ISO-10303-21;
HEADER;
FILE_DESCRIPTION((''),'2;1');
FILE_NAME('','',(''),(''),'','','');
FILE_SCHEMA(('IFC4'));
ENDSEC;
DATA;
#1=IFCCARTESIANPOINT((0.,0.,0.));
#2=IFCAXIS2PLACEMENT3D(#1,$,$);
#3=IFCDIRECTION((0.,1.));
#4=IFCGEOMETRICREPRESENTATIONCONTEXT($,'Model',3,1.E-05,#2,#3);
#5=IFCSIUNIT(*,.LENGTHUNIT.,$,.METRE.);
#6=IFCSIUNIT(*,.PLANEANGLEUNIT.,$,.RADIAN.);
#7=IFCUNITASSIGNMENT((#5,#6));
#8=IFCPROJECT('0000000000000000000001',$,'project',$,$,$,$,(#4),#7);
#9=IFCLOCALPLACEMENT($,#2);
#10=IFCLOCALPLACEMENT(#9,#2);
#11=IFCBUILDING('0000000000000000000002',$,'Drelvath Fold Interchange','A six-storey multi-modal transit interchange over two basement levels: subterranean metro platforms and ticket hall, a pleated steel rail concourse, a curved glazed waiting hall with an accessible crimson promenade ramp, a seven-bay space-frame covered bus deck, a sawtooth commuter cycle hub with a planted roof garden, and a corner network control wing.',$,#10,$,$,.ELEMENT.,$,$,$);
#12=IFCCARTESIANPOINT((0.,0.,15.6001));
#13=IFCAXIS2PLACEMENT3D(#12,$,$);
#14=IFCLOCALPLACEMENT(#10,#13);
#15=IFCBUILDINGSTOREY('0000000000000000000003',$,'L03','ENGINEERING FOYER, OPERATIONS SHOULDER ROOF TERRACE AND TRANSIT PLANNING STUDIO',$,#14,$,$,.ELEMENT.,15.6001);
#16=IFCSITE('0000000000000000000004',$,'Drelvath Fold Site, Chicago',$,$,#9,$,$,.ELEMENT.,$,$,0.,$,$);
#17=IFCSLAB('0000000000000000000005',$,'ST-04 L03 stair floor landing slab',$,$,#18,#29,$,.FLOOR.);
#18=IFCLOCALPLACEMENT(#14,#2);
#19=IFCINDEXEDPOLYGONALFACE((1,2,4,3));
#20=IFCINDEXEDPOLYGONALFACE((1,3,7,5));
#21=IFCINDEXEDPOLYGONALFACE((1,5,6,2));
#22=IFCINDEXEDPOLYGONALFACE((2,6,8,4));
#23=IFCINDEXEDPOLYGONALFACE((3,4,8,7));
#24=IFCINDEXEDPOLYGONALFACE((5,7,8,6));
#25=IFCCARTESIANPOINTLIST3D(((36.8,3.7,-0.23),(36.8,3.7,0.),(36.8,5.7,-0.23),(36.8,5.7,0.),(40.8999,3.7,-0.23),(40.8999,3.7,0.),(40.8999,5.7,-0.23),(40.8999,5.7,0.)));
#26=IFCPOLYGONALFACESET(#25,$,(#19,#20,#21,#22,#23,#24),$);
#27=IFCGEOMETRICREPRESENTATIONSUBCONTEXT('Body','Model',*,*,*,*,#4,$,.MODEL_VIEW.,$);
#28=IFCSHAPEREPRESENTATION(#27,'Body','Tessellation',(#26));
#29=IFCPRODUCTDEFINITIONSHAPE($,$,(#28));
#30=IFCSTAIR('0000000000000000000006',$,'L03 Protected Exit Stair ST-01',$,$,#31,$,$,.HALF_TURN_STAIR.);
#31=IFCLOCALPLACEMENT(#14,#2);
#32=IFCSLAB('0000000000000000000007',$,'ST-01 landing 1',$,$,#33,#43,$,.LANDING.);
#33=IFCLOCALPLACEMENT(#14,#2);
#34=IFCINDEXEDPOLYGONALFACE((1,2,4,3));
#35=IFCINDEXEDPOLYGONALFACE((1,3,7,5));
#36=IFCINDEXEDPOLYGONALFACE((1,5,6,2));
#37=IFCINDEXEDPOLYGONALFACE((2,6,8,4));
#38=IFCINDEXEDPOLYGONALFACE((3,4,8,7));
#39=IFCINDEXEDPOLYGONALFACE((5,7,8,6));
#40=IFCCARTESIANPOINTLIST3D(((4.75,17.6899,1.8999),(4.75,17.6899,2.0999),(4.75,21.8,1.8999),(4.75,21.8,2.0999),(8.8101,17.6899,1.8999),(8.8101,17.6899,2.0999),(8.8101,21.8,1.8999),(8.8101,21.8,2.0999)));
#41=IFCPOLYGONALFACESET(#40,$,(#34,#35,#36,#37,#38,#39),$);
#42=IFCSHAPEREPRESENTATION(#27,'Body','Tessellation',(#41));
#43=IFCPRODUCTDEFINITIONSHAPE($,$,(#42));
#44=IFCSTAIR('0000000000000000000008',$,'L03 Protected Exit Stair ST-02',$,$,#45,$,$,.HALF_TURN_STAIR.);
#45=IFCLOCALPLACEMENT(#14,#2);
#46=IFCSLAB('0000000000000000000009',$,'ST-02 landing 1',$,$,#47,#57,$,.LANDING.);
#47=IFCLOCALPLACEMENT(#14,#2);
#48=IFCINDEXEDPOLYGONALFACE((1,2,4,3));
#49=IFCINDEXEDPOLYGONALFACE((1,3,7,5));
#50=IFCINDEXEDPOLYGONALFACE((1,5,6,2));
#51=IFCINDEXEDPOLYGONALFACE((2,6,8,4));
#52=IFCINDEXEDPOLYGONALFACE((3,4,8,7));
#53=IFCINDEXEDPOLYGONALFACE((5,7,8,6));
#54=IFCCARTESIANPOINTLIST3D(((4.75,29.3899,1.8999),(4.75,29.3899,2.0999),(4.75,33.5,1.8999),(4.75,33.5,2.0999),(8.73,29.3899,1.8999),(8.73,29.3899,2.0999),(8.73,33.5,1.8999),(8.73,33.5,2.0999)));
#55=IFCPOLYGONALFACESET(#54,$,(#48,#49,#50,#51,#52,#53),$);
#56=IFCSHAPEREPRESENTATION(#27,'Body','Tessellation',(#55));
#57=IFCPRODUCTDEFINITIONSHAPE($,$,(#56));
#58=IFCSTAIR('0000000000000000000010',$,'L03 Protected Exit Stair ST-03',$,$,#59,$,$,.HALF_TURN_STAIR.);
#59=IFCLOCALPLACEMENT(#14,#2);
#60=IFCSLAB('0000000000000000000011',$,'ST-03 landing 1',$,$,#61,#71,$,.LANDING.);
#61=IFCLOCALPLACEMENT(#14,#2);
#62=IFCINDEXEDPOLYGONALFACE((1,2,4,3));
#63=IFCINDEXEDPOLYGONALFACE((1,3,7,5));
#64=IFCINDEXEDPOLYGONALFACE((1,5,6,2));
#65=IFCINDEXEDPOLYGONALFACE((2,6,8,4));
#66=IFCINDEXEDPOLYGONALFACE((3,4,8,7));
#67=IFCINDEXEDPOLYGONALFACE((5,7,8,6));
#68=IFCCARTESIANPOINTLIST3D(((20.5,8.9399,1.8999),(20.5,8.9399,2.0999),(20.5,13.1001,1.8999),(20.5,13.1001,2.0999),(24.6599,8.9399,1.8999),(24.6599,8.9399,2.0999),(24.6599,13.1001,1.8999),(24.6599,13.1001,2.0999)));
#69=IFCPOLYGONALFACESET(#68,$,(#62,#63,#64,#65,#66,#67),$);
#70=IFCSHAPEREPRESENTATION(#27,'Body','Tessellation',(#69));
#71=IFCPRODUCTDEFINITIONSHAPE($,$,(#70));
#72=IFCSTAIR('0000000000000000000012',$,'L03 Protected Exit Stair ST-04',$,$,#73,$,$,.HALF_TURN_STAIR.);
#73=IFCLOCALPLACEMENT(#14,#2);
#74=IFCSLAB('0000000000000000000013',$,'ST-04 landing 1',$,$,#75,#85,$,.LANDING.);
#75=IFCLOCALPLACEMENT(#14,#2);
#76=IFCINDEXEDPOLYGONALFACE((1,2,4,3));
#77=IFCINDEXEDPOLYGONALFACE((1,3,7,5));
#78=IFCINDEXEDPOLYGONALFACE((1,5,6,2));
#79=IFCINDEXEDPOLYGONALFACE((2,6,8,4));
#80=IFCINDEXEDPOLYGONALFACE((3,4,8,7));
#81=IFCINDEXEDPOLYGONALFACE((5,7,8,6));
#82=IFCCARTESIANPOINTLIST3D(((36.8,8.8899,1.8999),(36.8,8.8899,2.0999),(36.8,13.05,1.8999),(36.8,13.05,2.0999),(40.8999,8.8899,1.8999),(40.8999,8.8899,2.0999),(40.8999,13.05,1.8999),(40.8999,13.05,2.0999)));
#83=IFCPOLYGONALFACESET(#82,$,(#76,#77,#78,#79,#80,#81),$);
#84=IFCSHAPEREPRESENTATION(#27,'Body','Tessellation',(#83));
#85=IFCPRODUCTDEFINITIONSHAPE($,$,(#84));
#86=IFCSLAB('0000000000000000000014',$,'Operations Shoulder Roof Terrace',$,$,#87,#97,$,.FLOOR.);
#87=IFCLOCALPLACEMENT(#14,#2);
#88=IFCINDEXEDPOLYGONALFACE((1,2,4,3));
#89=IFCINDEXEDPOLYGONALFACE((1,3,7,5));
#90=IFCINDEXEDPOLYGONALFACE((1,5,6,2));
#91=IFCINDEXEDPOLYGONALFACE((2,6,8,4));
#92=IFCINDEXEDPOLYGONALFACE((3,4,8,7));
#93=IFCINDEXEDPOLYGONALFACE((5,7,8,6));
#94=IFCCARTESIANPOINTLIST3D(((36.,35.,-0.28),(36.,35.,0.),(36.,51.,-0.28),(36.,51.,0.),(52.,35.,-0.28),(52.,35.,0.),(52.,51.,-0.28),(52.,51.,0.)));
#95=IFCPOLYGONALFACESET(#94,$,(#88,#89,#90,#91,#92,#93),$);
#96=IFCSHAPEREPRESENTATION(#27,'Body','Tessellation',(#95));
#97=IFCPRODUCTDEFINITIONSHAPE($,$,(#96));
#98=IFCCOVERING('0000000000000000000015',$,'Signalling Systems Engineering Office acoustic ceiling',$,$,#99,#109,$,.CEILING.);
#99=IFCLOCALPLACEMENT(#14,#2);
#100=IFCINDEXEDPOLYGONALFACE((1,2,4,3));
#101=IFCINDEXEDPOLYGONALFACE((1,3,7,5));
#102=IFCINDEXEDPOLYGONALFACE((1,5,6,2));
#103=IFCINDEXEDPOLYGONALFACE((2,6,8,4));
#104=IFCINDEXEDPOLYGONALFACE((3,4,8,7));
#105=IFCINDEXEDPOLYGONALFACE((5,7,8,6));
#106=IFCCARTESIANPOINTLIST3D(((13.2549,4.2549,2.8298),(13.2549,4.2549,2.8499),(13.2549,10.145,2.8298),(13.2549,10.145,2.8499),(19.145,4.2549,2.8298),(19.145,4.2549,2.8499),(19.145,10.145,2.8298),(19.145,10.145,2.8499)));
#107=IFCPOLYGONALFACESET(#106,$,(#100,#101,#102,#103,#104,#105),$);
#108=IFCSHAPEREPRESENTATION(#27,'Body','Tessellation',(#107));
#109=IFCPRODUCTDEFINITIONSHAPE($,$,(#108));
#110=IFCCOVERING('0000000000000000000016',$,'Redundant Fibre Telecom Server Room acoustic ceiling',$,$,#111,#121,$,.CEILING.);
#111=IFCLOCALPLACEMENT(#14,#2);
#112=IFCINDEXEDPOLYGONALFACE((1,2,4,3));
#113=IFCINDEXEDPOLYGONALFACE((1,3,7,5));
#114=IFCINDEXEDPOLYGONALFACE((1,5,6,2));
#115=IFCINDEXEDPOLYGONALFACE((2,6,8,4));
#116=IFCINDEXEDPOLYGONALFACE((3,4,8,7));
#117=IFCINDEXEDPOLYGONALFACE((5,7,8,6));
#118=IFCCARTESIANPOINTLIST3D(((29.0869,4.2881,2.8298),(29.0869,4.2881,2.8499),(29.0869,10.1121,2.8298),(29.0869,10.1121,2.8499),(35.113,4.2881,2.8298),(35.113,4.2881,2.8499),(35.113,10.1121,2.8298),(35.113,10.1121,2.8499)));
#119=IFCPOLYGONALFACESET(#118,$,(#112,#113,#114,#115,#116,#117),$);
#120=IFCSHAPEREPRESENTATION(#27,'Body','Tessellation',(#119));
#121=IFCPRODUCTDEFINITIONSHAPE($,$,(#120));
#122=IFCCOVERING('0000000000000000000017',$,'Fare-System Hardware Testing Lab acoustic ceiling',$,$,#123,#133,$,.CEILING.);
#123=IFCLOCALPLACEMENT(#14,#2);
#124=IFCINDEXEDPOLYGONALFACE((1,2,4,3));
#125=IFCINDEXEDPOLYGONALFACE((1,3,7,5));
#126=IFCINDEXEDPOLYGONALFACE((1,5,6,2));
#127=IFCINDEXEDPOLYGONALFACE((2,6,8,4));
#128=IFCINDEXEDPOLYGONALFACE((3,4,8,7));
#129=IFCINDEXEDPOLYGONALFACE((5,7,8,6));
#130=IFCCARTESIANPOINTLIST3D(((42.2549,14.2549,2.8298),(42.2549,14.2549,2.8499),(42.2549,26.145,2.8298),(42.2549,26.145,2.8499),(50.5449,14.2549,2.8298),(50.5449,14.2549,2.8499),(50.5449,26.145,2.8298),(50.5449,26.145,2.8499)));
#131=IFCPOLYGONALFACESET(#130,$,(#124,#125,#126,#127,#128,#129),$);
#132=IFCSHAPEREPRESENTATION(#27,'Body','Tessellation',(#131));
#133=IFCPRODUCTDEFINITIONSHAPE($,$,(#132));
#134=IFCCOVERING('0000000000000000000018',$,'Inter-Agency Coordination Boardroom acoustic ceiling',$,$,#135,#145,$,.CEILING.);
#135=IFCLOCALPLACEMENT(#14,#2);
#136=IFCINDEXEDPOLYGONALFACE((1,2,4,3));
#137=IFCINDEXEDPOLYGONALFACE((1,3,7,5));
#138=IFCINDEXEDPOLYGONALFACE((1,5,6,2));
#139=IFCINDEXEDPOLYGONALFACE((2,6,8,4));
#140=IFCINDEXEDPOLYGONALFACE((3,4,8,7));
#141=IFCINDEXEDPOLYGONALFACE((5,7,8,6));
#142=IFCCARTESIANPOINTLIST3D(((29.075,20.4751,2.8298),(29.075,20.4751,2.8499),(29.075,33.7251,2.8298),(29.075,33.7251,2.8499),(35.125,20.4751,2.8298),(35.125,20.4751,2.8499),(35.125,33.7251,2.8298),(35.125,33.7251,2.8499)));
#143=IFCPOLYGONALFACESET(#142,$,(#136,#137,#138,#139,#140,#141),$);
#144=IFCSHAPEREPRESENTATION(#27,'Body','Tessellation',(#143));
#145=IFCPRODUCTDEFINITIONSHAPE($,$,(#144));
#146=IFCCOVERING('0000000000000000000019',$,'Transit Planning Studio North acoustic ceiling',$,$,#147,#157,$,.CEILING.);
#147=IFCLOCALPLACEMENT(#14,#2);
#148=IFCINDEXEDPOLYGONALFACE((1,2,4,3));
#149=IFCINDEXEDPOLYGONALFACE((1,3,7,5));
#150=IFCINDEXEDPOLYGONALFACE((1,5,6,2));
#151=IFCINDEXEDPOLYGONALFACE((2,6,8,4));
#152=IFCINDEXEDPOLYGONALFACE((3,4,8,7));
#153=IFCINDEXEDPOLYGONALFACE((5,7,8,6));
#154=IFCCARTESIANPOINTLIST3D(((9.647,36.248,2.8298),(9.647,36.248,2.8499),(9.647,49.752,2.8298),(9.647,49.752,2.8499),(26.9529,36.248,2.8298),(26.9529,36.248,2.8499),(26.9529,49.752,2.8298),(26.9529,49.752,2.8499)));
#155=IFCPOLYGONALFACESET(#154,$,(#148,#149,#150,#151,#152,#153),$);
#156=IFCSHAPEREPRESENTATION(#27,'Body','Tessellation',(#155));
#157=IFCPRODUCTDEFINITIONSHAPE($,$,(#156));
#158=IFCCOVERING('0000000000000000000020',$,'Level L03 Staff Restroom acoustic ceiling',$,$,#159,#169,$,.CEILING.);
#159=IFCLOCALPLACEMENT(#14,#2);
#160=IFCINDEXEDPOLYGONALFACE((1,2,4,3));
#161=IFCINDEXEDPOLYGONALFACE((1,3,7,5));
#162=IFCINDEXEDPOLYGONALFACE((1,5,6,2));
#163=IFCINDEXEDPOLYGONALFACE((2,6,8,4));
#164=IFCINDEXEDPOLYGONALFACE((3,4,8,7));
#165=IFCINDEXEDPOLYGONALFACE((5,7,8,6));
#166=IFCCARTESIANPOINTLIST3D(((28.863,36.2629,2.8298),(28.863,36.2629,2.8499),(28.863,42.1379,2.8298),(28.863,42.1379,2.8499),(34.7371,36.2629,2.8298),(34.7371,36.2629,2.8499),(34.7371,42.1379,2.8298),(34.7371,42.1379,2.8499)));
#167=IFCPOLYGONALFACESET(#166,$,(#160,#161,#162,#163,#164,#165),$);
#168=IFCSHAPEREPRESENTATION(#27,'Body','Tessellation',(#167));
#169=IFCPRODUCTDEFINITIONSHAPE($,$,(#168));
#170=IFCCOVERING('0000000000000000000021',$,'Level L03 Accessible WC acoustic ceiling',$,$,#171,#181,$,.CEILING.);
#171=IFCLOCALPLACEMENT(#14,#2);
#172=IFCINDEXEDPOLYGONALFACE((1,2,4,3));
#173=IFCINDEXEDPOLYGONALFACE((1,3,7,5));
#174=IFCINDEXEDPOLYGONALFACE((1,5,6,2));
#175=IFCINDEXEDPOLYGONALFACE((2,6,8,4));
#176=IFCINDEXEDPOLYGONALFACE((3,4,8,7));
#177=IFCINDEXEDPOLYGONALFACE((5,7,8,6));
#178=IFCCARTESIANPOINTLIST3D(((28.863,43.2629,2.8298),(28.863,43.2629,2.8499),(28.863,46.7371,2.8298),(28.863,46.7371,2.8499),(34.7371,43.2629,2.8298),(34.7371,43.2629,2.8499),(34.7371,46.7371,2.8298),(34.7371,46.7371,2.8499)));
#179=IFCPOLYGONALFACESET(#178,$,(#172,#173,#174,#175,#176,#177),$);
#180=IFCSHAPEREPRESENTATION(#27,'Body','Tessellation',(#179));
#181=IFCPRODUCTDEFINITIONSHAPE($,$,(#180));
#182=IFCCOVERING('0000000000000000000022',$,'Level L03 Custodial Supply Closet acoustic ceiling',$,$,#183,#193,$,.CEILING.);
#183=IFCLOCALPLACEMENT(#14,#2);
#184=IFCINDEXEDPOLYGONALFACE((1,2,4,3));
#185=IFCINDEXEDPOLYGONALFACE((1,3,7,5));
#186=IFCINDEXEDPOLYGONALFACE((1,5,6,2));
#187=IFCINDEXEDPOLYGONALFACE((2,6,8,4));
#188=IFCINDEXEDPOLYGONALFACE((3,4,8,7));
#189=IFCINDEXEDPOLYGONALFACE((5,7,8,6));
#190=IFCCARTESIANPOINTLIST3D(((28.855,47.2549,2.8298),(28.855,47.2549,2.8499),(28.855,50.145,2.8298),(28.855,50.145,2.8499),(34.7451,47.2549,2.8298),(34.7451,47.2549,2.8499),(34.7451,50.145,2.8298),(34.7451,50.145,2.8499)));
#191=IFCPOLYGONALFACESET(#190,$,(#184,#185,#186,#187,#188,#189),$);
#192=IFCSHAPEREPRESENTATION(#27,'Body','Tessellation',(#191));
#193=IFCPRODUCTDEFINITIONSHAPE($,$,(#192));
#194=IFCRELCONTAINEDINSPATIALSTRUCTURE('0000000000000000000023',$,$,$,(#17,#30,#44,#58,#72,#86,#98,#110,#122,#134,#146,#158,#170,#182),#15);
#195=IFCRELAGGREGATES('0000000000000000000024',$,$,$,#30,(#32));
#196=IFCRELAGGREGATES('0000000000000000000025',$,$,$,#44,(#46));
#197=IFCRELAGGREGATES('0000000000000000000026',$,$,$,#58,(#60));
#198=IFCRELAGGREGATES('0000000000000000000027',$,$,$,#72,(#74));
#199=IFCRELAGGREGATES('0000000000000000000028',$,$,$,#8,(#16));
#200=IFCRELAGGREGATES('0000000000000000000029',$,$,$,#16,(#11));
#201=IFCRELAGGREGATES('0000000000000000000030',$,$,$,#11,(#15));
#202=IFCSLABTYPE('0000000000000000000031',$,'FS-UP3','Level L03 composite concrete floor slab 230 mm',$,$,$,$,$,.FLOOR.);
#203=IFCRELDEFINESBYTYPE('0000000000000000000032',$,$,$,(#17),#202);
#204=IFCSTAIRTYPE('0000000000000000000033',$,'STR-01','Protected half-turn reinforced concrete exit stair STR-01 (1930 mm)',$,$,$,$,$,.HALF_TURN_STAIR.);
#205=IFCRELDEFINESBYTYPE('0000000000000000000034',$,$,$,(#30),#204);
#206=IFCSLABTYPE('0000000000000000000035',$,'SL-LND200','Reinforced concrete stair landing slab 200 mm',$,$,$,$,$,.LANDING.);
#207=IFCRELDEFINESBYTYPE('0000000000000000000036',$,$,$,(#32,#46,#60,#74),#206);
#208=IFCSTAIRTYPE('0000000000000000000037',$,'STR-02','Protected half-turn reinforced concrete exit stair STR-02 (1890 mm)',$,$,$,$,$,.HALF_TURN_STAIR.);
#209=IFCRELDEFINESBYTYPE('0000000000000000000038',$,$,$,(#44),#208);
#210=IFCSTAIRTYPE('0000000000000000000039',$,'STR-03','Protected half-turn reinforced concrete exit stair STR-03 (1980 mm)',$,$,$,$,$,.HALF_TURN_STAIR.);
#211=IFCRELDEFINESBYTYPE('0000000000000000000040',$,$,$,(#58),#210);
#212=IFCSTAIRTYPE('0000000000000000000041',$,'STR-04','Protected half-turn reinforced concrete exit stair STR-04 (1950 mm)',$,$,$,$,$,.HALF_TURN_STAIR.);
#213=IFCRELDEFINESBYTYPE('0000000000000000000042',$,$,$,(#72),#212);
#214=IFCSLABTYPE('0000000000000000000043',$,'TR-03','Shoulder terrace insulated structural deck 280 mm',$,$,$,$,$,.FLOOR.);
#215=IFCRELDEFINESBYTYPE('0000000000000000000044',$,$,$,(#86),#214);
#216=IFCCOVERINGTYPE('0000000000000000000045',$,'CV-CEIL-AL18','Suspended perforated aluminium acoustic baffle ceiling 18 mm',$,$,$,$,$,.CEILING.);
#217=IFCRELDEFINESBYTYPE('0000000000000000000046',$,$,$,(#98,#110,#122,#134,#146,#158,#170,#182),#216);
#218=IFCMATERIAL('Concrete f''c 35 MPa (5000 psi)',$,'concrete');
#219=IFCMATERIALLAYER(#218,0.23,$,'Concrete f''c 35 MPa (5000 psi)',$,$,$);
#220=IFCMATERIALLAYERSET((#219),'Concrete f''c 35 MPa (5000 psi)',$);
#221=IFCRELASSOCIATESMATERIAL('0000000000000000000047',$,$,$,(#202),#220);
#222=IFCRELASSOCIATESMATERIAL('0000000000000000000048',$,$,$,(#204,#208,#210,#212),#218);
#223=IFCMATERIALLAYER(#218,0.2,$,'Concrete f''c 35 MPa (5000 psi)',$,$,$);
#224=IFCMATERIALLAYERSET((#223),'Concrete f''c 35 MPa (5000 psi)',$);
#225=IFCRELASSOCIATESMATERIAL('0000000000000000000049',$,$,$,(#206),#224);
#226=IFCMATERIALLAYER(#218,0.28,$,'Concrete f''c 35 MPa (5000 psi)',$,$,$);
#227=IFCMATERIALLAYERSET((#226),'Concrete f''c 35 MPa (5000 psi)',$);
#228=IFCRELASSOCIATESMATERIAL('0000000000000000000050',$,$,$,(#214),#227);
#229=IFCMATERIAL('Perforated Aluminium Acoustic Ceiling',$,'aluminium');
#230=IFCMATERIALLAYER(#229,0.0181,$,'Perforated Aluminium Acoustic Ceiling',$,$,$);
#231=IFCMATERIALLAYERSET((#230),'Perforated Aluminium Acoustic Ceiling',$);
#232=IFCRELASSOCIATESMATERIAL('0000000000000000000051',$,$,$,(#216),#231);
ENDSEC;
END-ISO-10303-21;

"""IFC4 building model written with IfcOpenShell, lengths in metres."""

from ifc_helpers import new_model, si_unit, direction, frame, origin, place, context, subcontext, project, spatial, polyline, outline, extrude, material, layer, layer_set, type_object, element, aggregate, save


model = new_model("IFC4")

# Units and contexts
model_context = context("Model", 3, precision=1e-05, world=origin(), true_north=direction((0.0, 1.0)))
body_context = subcontext(model_context, "Body", "Model", "MODEL_VIEW")
ifc_project = project(units=[si_unit("LENGTHUNIT", "METRE"), si_unit("PLANEANGLEUNIT", "RADIAN")], contexts=[model_context])

# Site, building, storey
site_placement = place(None, origin())
site = spatial("IfcSite", under=ifc_project, at=site_placement, Name="Drelvath Fold Site, Chicago", CompositionType="ELEMENT", RefElevation=0.0)
building_placement = place(site_placement, origin())
building = spatial("IfcBuilding", under=site, at=building_placement, Name="Drelvath Fold Interchange", Description="A six-storey multi-modal transit interchange over two basement levels: subterranean metro platforms and ticket hall, a pleated steel rail concourse, a curved glazed waiting hall with an accessible crimson promenade ramp, a seven-bay space-frame covered bus deck, a sawtooth commuter cycle hub with a planted roof garden, and a corner network control wing.", CompositionType="ELEMENT")
storey_placement = place(building_placement, frame((0.0, 0.0, 15.6001)))
storey = spatial("IfcBuildingStorey", under=building, at=storey_placement, Name="L03", Description="ENGINEERING FOYER, OPERATIONS SHOULDER ROOF TERRACE AND TRANSIT PLANNING STUDIO", CompositionType="ELEMENT", Elevation=15.6001)

# Slab
ifc_material_1 = material(Name="Concrete f'c 35 MPa (5000 psi)", Category="concrete")
ifc_layer_1 = layer(ifc_material_1, 0.23, Name="Concrete f'c 35 MPa (5000 psi)")
ifc_layer_set_1 = layer_set([ifc_layer_1], Name="Concrete f'c 35 MPa (5000 psi)")
slab_type_1 = type_object("IfcSlabType", Name="FS-UP3", Description="Level L03 composite concrete floor slab 230 mm", PredefinedType="FLOOR", material=ifc_layer_set_1)
slab_1_placement = place(storey_placement, frame((0.0, 0.0, -0.23)))
element("IfcSlab", 1, at=slab_1_placement, inside=storey, type_object=slab_type_1, Name="ST-04 L03 stair floor landing slab", PredefinedType="FLOOR", context=body_context, shape_type="SweptSolid", body=[
    extrude(outline(polyline([(36.8, 3.7), (40.8999, 3.7), (40.8999, 5.7), (36.8, 5.7), (36.8, 3.7)])), origin(), (0.0, 0.0, 1.0), 0.23),
])

# Stairs, slabs
stair_type_1 = type_object("IfcStairType", Name="STR-01", Description="Protected half-turn reinforced concrete exit stair STR-01 (1930 mm)", PredefinedType="HALF_TURN_STAIR", material=ifc_material_1)
stair_1_placement = place(storey_placement, origin())
stair_1 = element("IfcStair", 2, at=stair_1_placement, inside=storey, type_object=stair_type_1, Name="L03 Protected Exit Stair ST-01", PredefinedType="HALF_TURN_STAIR")
ifc_layer_2 = layer(ifc_material_1, 0.2, Name="Concrete f'c 35 MPa (5000 psi)")
ifc_layer_set_2 = layer_set([ifc_layer_2], Name="Concrete f'c 35 MPa (5000 psi)")
slab_type_2 = type_object("IfcSlabType", Name="SL-LND200", Description="Reinforced concrete stair landing slab 200 mm", PredefinedType="LANDING", material=ifc_layer_set_2)
slab_2_placement = place(storey_placement, frame((0.0, 0.0, 1.8999)))
slab_2 = element("IfcSlab", 3, at=slab_2_placement, type_object=slab_type_2, Name="ST-01 landing 1", PredefinedType="LANDING", context=body_context, shape_type="SweptSolid", body=[
    extrude(outline(polyline([(8.8101, 17.6899), (8.8101, 21.8), (4.75, 21.8), (4.75, 17.6899), (8.8101, 17.6899)])), origin(), (0.0, 0.0, 1.0), 0.2),
])
aggregate(stair_1, [slab_2])
stair_type_2 = type_object("IfcStairType", Name="STR-02", Description="Protected half-turn reinforced concrete exit stair STR-02 (1890 mm)", PredefinedType="HALF_TURN_STAIR", material=ifc_material_1)
stair_2_placement = place(storey_placement, origin())
stair_2 = element("IfcStair", 4, at=stair_2_placement, inside=storey, type_object=stair_type_2, Name="L03 Protected Exit Stair ST-02", PredefinedType="HALF_TURN_STAIR")
slab_3_placement = place(storey_placement, frame((0.0, 0.0, 1.8999)))
slab_3 = element("IfcSlab", 5, at=slab_3_placement, type_object=slab_type_2, Name="ST-02 landing 1", PredefinedType="LANDING", context=body_context, shape_type="SweptSolid", body=[
    extrude(outline(polyline([(8.73, 29.3899), (8.73, 33.5), (4.75, 33.5), (4.75, 29.3899), (8.73, 29.3899)])), origin(), (0.0, 0.0, 1.0), 0.2),
])
aggregate(stair_2, [slab_3])
stair_type_3 = type_object("IfcStairType", Name="STR-03", Description="Protected half-turn reinforced concrete exit stair STR-03 (1980 mm)", PredefinedType="HALF_TURN_STAIR", material=ifc_material_1)
stair_3_placement = place(storey_placement, origin())
stair_3 = element("IfcStair", 6, at=stair_3_placement, inside=storey, type_object=stair_type_3, Name="L03 Protected Exit Stair ST-03", PredefinedType="HALF_TURN_STAIR")
slab_4_placement = place(storey_placement, frame((0.0, 0.0, 1.8999)))
slab_4 = element("IfcSlab", 7, at=slab_4_placement, type_object=slab_type_2, Name="ST-03 landing 1", PredefinedType="LANDING", context=body_context, shape_type="SweptSolid", body=[
    extrude(outline(polyline([(24.6599, 8.9399), (24.6599, 13.1001), (20.5, 13.1001), (20.5, 8.9399), (24.6599, 8.9399)])), origin(), (0.0, 0.0, 1.0), 0.2),
])
aggregate(stair_3, [slab_4])
stair_type_4 = type_object("IfcStairType", Name="STR-04", Description="Protected half-turn reinforced concrete exit stair STR-04 (1950 mm)", PredefinedType="HALF_TURN_STAIR", material=ifc_material_1)
stair_4_placement = place(storey_placement, origin())
stair_4 = element("IfcStair", 8, at=stair_4_placement, inside=storey, type_object=stair_type_4, Name="L03 Protected Exit Stair ST-04", PredefinedType="HALF_TURN_STAIR")
slab_5_placement = place(storey_placement, frame((0.0, 0.0, 1.8999)))
slab_5 = element("IfcSlab", 9, at=slab_5_placement, type_object=slab_type_2, Name="ST-04 landing 1", PredefinedType="LANDING", context=body_context, shape_type="SweptSolid", body=[
    extrude(outline(polyline([(40.8999, 8.8899), (40.8999, 13.05), (36.8, 13.05), (36.8, 8.8899), (40.8999, 8.8899)])), origin(), (0.0, 0.0, 1.0), 0.2),
])
aggregate(stair_4, [slab_5])

# Slab
ifc_layer_3 = layer(ifc_material_1, 0.28, Name="Concrete f'c 35 MPa (5000 psi)")
ifc_layer_set_3 = layer_set([ifc_layer_3], Name="Concrete f'c 35 MPa (5000 psi)")
slab_type_3 = type_object("IfcSlabType", Name="TR-03", Description="Shoulder terrace insulated structural deck 280 mm", PredefinedType="FLOOR", material=ifc_layer_set_3)
slab_6_placement = place(storey_placement, frame((0.0, 0.0, -0.28)))
element("IfcSlab", 10, at=slab_6_placement, inside=storey, type_object=slab_type_3, Name="Operations Shoulder Roof Terrace", PredefinedType="FLOOR", context=body_context, shape_type="SweptSolid", body=[
    extrude(outline(polyline([(36.0, 35.0), (52.0, 35.0), (52.0, 51.0), (36.0, 51.0), (36.0, 35.0)])), origin(), (0.0, 0.0, 1.0), 0.28),
])

# Coverings
ifc_material_2 = material(Name="Perforated Aluminium Acoustic Ceiling", Category="aluminium")
ifc_layer_4 = layer(ifc_material_2, 0.0181, Name="Perforated Aluminium Acoustic Ceiling")
ifc_layer_set_4 = layer_set([ifc_layer_4], Name="Perforated Aluminium Acoustic Ceiling")
covering_type = type_object("IfcCoveringType", Name="CV-CEIL-AL18", Description="Suspended perforated aluminium acoustic baffle ceiling 18 mm", PredefinedType="CEILING", material=ifc_layer_set_4)
covering_1_placement = place(storey_placement, frame((0.0, 0.0, 2.8298)))
element("IfcCovering", 11, at=covering_1_placement, inside=storey, type_object=covering_type, Name="Signalling Systems Engineering Office acoustic ceiling", PredefinedType="CEILING", context=body_context, shape_type="SweptSolid", body=[
    extrude(outline(polyline([(13.2549, 4.2549), (19.145, 4.2549), (19.145, 10.145), (13.2549, 10.145), (13.2549, 4.2549)])), origin(), (0.0, 0.0, 1.0), 0.02),
])
covering_2_placement = place(storey_placement, frame((0.0, 0.0, 2.8298)))
element("IfcCovering", 12, at=covering_2_placement, inside=storey, type_object=covering_type, Name="Redundant Fibre Telecom Server Room acoustic ceiling", PredefinedType="CEILING", context=body_context, shape_type="SweptSolid", body=[
    extrude(outline(polyline([(29.0869, 4.2881), (35.113, 4.2881), (35.113, 10.1121), (29.0869, 10.1121), (29.0869, 4.2881)])), origin(), (0.0, 0.0, 1.0), 0.02),
])
covering_3_placement = place(storey_placement, frame((0.0, 0.0, 2.8298)))
element("IfcCovering", 13, at=covering_3_placement, inside=storey, type_object=covering_type, Name="Fare-System Hardware Testing Lab acoustic ceiling", PredefinedType="CEILING", context=body_context, shape_type="SweptSolid", body=[
    extrude(outline(polyline([(42.2549, 14.2549), (50.5449, 14.2549), (50.5449, 26.145), (42.2549, 26.145), (42.2549, 14.2549)])), origin(), (0.0, 0.0, 1.0), 0.02),
])
covering_4_placement = place(storey_placement, frame((0.0, 0.0, 2.8298)))
element("IfcCovering", 14, at=covering_4_placement, inside=storey, type_object=covering_type, Name="Inter-Agency Coordination Boardroom acoustic ceiling", PredefinedType="CEILING", context=body_context, shape_type="SweptSolid", body=[
    extrude(outline(polyline([(29.075, 20.4751), (35.125, 20.4751), (35.125, 33.7251), (29.075, 33.7251), (29.075, 20.4751)])), origin(), (0.0, 0.0, 1.0), 0.02),
])
covering_5_placement = place(storey_placement, frame((0.0, 0.0, 2.8298)))
element("IfcCovering", 15, at=covering_5_placement, inside=storey, type_object=covering_type, Name="Transit Planning Studio North acoustic ceiling", PredefinedType="CEILING", context=body_context, shape_type="SweptSolid", body=[
    extrude(outline(polyline([(9.647, 36.248), (26.9529, 36.248), (26.9529, 49.752), (9.647, 49.752), (9.647, 36.248)])), origin(), (0.0, 0.0, 1.0), 0.02),
])
covering_6_placement = place(storey_placement, frame((0.0, 0.0, 2.8298)))
element("IfcCovering", 16, at=covering_6_placement, inside=storey, type_object=covering_type, Name="Level L03 Staff Restroom acoustic ceiling", PredefinedType="CEILING", context=body_context, shape_type="SweptSolid", body=[
    extrude(outline(polyline([(28.863, 36.2629), (34.7371, 36.2629), (34.7371, 42.1379), (28.863, 42.1379), (28.863, 36.2629)])), origin(), (0.0, 0.0, 1.0), 0.02),
])
covering_7_placement = place(storey_placement, frame((0.0, 0.0, 2.8298)))
element("IfcCovering", 17, at=covering_7_placement, inside=storey, type_object=covering_type, Name="Level L03 Accessible WC acoustic ceiling", PredefinedType="CEILING", context=body_context, shape_type="SweptSolid", body=[
    extrude(outline(polyline([(28.863, 43.2629), (34.7371, 43.2629), (34.7371, 46.7371), (28.863, 46.7371), (28.863, 43.2629)])), origin(), (0.0, 0.0, 1.0), 0.02),
])
covering_8_placement = place(storey_placement, frame((0.0, 0.0, 2.8298)))
element("IfcCovering", 18, at=covering_8_placement, inside=storey, type_object=covering_type, Name="Level L03 Custodial Supply Closet acoustic ceiling", PredefinedType="CEILING", context=body_context, shape_type="SweptSolid", body=[
    extrude(outline(polyline([(28.855, 47.2549), (34.7451, 47.2549), (34.7451, 50.145), (28.855, 50.145), (28.855, 47.2549)])), origin(), (0.0, 0.0, 1.0), 0.02),
])

save(model, "model.ifc")
